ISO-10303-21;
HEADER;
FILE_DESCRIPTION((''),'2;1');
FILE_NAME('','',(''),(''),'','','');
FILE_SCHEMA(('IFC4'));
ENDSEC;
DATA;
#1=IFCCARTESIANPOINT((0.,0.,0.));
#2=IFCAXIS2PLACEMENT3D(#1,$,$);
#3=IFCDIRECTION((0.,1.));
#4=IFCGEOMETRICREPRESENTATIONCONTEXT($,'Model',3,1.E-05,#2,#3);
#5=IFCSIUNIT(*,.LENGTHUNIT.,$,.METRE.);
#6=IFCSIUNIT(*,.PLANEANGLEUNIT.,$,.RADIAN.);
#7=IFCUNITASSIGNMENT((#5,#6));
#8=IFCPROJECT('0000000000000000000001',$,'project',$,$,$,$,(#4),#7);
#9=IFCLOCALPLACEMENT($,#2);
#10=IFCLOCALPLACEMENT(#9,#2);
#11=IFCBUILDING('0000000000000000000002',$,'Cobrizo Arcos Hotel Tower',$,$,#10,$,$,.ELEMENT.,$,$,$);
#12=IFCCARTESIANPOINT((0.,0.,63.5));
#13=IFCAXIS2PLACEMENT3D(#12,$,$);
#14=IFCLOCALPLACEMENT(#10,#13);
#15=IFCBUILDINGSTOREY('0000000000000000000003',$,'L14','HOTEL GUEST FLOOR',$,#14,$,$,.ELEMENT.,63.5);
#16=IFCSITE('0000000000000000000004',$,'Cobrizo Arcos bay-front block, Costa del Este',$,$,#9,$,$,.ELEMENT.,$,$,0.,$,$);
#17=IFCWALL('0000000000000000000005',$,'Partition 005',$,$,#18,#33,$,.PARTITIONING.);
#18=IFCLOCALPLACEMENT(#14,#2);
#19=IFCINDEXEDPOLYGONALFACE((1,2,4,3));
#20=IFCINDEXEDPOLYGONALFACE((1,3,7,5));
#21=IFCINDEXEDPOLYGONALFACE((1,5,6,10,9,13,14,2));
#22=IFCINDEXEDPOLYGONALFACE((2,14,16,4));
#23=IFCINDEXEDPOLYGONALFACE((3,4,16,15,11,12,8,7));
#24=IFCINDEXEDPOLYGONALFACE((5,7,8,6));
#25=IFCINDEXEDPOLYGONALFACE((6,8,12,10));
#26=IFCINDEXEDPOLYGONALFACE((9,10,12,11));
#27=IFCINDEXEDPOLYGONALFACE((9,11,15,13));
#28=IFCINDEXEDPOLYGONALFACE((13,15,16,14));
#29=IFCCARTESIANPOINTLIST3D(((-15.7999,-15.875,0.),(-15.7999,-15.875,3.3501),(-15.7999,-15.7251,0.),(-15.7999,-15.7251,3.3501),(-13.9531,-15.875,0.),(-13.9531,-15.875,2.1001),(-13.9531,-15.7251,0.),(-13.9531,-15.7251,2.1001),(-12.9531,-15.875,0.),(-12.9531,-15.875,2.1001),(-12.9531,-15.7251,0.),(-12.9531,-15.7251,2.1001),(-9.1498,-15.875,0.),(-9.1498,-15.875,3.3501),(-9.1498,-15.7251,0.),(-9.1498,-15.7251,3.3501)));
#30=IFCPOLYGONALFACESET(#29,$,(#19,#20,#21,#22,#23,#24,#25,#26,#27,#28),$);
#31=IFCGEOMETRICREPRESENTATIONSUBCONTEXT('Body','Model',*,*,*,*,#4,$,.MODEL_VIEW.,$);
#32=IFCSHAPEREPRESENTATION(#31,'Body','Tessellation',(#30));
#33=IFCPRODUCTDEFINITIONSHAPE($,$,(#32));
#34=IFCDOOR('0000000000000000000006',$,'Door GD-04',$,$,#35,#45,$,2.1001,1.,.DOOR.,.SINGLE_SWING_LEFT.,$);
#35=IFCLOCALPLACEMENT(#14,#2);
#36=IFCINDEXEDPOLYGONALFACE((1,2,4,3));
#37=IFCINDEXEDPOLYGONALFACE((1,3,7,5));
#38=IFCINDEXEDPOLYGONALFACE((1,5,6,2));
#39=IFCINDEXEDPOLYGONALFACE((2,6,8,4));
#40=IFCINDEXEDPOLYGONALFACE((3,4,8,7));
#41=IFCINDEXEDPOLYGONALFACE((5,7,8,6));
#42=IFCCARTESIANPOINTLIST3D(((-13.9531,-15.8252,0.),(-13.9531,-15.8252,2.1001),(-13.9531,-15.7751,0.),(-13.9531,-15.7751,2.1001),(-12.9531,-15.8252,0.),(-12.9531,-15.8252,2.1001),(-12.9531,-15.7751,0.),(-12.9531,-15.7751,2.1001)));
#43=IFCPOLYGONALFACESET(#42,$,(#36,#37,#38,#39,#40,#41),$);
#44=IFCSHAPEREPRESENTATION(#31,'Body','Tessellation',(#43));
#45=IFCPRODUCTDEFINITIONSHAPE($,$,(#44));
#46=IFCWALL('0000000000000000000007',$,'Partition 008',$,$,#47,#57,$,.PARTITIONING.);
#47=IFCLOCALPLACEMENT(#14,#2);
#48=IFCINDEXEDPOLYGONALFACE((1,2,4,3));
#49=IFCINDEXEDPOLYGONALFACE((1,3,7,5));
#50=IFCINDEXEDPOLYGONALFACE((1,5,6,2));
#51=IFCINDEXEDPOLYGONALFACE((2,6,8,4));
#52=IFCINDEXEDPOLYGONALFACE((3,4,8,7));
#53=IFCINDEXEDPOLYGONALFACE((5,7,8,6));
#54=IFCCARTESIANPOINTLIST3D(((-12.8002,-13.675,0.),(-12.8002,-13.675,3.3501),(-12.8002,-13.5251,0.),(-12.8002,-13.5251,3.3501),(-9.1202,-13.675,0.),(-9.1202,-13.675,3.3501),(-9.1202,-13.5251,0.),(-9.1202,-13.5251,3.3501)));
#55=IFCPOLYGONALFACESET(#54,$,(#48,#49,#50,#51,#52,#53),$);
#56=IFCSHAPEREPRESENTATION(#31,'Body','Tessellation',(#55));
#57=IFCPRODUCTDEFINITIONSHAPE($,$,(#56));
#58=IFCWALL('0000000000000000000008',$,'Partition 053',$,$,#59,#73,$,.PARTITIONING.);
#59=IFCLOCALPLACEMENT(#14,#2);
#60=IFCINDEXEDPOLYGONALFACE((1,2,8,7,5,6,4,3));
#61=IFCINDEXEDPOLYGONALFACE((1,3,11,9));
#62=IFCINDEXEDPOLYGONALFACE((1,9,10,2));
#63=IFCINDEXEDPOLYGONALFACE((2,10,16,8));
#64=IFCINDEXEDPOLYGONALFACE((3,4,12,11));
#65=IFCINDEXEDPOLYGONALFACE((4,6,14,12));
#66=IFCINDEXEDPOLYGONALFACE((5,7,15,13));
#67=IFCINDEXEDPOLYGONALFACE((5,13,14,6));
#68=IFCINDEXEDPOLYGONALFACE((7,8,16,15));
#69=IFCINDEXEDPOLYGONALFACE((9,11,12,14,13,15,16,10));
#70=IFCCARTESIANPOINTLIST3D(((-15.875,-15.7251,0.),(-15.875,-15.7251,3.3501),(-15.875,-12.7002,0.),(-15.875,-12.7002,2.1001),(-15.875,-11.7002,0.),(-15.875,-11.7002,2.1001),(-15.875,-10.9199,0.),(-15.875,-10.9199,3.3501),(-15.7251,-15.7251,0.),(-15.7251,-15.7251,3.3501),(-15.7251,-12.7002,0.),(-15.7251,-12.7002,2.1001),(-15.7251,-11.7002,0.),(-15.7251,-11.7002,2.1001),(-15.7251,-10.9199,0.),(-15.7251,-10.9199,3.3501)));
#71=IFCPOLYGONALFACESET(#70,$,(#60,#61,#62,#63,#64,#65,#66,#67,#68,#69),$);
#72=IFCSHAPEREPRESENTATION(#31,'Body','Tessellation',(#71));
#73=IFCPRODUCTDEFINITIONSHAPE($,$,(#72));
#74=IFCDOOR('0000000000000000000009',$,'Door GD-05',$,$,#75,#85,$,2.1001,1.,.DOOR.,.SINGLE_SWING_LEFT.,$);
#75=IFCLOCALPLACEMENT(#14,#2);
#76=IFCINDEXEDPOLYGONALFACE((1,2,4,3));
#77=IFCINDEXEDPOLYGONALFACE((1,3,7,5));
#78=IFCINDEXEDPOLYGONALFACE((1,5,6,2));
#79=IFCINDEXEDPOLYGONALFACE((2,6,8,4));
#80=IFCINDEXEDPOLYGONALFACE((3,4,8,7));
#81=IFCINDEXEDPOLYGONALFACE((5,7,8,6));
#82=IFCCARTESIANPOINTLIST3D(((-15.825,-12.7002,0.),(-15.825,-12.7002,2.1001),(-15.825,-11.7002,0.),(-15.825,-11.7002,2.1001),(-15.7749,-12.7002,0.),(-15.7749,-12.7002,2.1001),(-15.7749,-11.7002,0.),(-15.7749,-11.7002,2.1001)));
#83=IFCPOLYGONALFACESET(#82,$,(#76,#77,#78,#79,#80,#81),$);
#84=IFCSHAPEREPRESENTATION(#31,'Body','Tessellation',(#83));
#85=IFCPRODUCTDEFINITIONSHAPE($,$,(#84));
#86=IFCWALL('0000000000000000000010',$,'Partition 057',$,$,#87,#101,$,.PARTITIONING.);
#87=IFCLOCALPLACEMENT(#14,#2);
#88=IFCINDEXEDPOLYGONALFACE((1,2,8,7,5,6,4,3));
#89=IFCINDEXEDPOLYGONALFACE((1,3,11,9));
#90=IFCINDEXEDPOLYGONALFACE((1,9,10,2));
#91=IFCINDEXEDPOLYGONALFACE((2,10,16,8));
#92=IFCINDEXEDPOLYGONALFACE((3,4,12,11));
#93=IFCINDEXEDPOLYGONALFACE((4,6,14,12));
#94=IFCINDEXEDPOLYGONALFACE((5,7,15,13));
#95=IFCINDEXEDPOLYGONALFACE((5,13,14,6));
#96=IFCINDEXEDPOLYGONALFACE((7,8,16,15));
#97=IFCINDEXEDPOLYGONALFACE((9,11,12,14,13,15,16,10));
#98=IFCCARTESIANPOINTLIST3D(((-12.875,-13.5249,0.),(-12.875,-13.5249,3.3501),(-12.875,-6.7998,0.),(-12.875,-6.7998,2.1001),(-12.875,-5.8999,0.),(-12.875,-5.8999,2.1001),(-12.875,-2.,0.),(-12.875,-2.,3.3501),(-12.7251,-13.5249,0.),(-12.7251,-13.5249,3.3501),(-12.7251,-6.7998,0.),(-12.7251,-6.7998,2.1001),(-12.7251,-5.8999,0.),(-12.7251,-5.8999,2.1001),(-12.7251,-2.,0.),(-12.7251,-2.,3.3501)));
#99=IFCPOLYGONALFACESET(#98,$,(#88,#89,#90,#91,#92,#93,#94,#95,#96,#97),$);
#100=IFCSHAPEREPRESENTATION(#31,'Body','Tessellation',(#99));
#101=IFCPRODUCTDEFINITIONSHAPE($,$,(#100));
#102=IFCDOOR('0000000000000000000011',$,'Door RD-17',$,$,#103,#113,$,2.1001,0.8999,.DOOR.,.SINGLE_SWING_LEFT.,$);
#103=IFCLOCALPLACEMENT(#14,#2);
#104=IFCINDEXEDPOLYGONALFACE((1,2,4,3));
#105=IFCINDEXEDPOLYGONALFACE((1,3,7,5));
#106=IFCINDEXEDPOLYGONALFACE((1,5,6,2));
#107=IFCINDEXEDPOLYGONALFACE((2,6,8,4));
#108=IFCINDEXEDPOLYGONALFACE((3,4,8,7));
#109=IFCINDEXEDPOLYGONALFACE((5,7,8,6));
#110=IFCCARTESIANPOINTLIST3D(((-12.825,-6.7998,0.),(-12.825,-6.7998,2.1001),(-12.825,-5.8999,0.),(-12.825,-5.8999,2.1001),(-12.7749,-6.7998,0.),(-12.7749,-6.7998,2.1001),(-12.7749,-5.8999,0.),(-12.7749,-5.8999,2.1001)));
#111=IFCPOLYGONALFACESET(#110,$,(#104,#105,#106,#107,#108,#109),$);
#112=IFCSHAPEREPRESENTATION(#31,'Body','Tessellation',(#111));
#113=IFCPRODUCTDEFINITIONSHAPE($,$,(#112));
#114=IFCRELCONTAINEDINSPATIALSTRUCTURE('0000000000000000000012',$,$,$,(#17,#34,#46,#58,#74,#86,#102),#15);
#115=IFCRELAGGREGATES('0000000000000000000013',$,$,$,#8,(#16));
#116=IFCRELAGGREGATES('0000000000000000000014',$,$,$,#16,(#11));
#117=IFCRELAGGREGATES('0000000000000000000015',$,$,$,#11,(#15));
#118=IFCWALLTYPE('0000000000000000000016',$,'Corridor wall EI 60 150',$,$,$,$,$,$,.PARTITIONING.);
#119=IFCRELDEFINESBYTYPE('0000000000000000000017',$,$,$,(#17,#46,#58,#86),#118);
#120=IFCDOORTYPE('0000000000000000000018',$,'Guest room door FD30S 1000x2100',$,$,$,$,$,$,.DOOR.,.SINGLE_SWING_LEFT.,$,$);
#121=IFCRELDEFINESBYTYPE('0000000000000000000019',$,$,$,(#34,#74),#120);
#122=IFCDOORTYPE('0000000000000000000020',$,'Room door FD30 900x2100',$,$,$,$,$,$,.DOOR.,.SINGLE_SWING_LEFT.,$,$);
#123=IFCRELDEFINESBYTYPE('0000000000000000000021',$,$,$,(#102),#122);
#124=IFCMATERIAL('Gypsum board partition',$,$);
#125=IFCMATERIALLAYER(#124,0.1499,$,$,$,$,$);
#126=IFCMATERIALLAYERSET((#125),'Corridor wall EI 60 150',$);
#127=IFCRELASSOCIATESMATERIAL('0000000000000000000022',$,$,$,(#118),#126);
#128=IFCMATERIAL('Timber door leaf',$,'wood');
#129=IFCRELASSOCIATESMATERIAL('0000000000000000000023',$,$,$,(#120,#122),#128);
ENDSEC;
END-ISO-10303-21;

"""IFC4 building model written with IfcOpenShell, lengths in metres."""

from ifc_helpers import new_model, si_unit, direction, frame, frame_2d, origin, place, context, subcontext, project, spatial, rectangle, extrude, material, layer, layer_set, type_object, element, fill, save


model = new_model("IFC4")

# Units and contexts
model_context = context("Model", 3, precision=1e-05, world=origin(), true_north=direction((0.0, 1.0)))
body_context = subcontext(model_context, "Body", "Model", "MODEL_VIEW")
ifc_project = project(units=[si_unit("LENGTHUNIT", "METRE"), si_unit("PLANEANGLEUNIT", "RADIAN")], contexts=[model_context])

# Site, building, storey
site_placement = place(None, origin())
site = spatial("IfcSite", under=ifc_project, at=site_placement, Name="Cobrizo Arcos bay-front block, Costa del Este", CompositionType="ELEMENT", RefElevation=0.0)
building_placement = place(site_placement, origin())
building = spatial("IfcBuilding", under=site, at=building_placement, Name="Cobrizo Arcos Hotel Tower", CompositionType="ELEMENT")
storey_placement = place(building_placement, frame((0.0, 0.0, 63.5)))
storey = spatial("IfcBuildingStorey", under=building, at=storey_placement, Name="L14", Description="HOTEL GUEST FLOOR", CompositionType="ELEMENT", Elevation=63.5)

# Wall, opening, door
ifc_material_1 = material(Name="Gypsum board partition")
ifc_layer_1 = layer(ifc_material_1, 0.1499)
ifc_layer_set_1 = layer_set([ifc_layer_1], Name="Corridor wall EI 60 150")
wall_type = type_object("IfcWallType", Name="Corridor wall EI 60 150", PredefinedType="PARTITIONING", material=ifc_layer_set_1)
wall_1_placement = place(storey_placement, frame((-15.8, -15.8, 0.0), z_axis=(0.0, 0.0, 1.0), x_axis=(1.0, 0.0, 0.0)))
wall_1 = element("IfcWall", 1, at=wall_1_placement, inside=storey, type_object=wall_type, Name="Partition 005", PredefinedType="PARTITIONING", context=body_context, shape_type="SweptSolid", body=[
    extrude(rectangle(XDim=6.6501, YDim=0.1499, at=frame_2d((3.3252, 0.0))), origin(), (0.0, 0.0, 1.0), 3.3501),
])
opening_1_placement = place(wall_1_placement, frame((1.8469, 0.0, 0.0)))
opening_1 = element("IfcOpeningElement", 2, at=opening_1_placement, cuts=wall_1, PredefinedType="OPENING", context=body_context, shape_type="SweptSolid", body=[
    extrude(rectangle(XDim=1.0, YDim=2.1001, at=frame_2d((0.5, 1.05))), frame((0.0, 0.0869, 0.0), z_axis=(0.0, -1.0, 0.0), x_axis=(1.0, 0.0, 0.0)), (0.0, 0.0, 1.0), 0.1738),
])
ifc_material_2 = material(Name="Timber door leaf", Category="wood")
door_type_1 = type_object("IfcDoorType", Name="Guest room door FD30S 1000x2100", OperationType="SINGLE_SWING_LEFT", PredefinedType="DOOR", material=ifc_material_2)
door_1_placement = place(opening_1_placement, origin())
door_1 = element("IfcDoor", 3, at=door_1_placement, inside=storey, type_object=door_type_1, Name="Door GD-04", OperationType="SINGLE_SWING_LEFT", OverallHeight=2.1001, OverallWidth=1.0, PredefinedType="DOOR", context=body_context, shape_type="SweptSolid", body=[
    extrude(rectangle(XDim=1.0, YDim=2.1001, at=frame_2d((0.5, 1.05))), frame((0.0, 0.0249, 0.0), z_axis=(0.0, -1.0, 0.0), x_axis=(1.0, 0.0, 0.0)), (0.0, 0.0, 1.0), 0.05),
])
fill(opening_1, door_1)

# Wall
wall_2_placement = place(storey_placement, frame((-12.8, -13.6001, 0.0), z_axis=(0.0, 0.0, 1.0), x_axis=(1.0, 0.0, 0.0)))
element("IfcWall", 4, at=wall_2_placement, inside=storey, type_object=wall_type, Name="Partition 008", PredefinedType="PARTITIONING", context=body_context, shape_type="SweptSolid", body=[
    extrude(rectangle(XDim=3.6799, YDim=0.1499, at=frame_2d((1.8398, 0.0))), origin(), (0.0, 0.0, 1.0), 3.3501),
])

# Walls, openings, doors
wall_3_placement = place(storey_placement, frame((-15.8, -15.7251, 0.0), z_axis=(0.0, 0.0, 1.0), x_axis=(0.0, 1.0, 0.0)))
wall_3 = element("IfcWall", 5, at=wall_3_placement, inside=storey, type_object=wall_type, Name="Partition 053", PredefinedType="PARTITIONING", context=body_context, shape_type="SweptSolid", body=[
    extrude(rectangle(XDim=4.8052, YDim=0.1499, at=frame_2d((2.4026, 0.0))), origin(), (0.0, 0.0, 1.0), 3.3501),
])
opening_2_placement = place(wall_3_placement, frame((3.0249, 0.0, 0.0)))
opening_2 = element("IfcOpeningElement", 6, at=opening_2_placement, cuts=wall_3, PredefinedType="OPENING", context=body_context, shape_type="SweptSolid", body=[
    extrude(rectangle(XDim=1.0, YDim=2.1001, at=frame_2d((0.5, 1.05))), frame((0.0, 0.0869, 0.0), z_axis=(0.0, -1.0, 0.0), x_axis=(1.0, 0.0, 0.0)), (0.0, 0.0, 1.0), 0.1738),
])
door_2_placement = place(opening_2_placement, origin())
door_2 = element("IfcDoor", 7, at=door_2_placement, inside=storey, type_object=door_type_1, Name="Door GD-05", OperationType="SINGLE_SWING_LEFT", OverallHeight=2.1001, OverallWidth=1.0, PredefinedType="DOOR", context=body_context, shape_type="SweptSolid", body=[
    extrude(rectangle(XDim=1.0, YDim=2.1001, at=frame_2d((0.5, 1.05))), frame((0.0, 0.0249, 0.0), z_axis=(0.0, -1.0, 0.0), x_axis=(1.0, 0.0, 0.0)), (0.0, 0.0, 1.0), 0.05),
])
fill(opening_2, door_2)
wall_4_placement = place(storey_placement, frame((-12.8, -13.5249, 0.0), z_axis=(0.0, 0.0, 1.0), x_axis=(0.0, 1.0, 0.0)))
wall_4 = element("IfcWall", 8, at=wall_4_placement, inside=storey, type_object=wall_type, Name="Partition 057", PredefinedType="PARTITIONING", context=body_context, shape_type="SweptSolid", body=[
    extrude(rectangle(XDim=11.5249, YDim=0.1499, at=frame_2d((5.7625, 0.0))), origin(), (0.0, 0.0, 1.0), 3.3501),
])
opening_3_placement = place(wall_4_placement, frame((6.7251, 0.0, 0.0)))
opening_3 = element("IfcOpeningElement", 9, at=opening_3_placement, cuts=wall_4, PredefinedType="OPENING", context=body_context, shape_type="SweptSolid", body=[
    extrude(rectangle(XDim=0.8999, YDim=2.1001, at=frame_2d((0.45, 1.05))), frame((0.0, 0.0869, 0.0), z_axis=(0.0, -1.0, 0.0), x_axis=(1.0, 0.0, 0.0)), (0.0, 0.0, 1.0), 0.1738),
])
door_type_2 = type_object("IfcDoorType", Name="Room door FD30 900x2100", OperationType="SINGLE_SWING_LEFT", PredefinedType="DOOR", material=ifc_material_2)
door_3_placement = place(opening_3_placement, origin())
door_3 = element("IfcDoor", 10, at=door_3_placement, inside=storey, type_object=door_type_2, Name="Door RD-17", OperationType="SINGLE_SWING_LEFT", OverallHeight=2.1001, OverallWidth=0.8999, PredefinedType="DOOR", context=body_context, shape_type="SweptSolid", body=[
    extrude(rectangle(XDim=0.8999, YDim=2.1001, at=frame_2d((0.45, 1.05))), frame((0.0, 0.0249, 0.0), z_axis=(0.0, -1.0, 0.0), x_axis=(1.0, 0.0, 0.0)), (0.0, 0.0, 1.0), 0.05),
])
fill(opening_3, door_3)

save(model, "model.ifc")
